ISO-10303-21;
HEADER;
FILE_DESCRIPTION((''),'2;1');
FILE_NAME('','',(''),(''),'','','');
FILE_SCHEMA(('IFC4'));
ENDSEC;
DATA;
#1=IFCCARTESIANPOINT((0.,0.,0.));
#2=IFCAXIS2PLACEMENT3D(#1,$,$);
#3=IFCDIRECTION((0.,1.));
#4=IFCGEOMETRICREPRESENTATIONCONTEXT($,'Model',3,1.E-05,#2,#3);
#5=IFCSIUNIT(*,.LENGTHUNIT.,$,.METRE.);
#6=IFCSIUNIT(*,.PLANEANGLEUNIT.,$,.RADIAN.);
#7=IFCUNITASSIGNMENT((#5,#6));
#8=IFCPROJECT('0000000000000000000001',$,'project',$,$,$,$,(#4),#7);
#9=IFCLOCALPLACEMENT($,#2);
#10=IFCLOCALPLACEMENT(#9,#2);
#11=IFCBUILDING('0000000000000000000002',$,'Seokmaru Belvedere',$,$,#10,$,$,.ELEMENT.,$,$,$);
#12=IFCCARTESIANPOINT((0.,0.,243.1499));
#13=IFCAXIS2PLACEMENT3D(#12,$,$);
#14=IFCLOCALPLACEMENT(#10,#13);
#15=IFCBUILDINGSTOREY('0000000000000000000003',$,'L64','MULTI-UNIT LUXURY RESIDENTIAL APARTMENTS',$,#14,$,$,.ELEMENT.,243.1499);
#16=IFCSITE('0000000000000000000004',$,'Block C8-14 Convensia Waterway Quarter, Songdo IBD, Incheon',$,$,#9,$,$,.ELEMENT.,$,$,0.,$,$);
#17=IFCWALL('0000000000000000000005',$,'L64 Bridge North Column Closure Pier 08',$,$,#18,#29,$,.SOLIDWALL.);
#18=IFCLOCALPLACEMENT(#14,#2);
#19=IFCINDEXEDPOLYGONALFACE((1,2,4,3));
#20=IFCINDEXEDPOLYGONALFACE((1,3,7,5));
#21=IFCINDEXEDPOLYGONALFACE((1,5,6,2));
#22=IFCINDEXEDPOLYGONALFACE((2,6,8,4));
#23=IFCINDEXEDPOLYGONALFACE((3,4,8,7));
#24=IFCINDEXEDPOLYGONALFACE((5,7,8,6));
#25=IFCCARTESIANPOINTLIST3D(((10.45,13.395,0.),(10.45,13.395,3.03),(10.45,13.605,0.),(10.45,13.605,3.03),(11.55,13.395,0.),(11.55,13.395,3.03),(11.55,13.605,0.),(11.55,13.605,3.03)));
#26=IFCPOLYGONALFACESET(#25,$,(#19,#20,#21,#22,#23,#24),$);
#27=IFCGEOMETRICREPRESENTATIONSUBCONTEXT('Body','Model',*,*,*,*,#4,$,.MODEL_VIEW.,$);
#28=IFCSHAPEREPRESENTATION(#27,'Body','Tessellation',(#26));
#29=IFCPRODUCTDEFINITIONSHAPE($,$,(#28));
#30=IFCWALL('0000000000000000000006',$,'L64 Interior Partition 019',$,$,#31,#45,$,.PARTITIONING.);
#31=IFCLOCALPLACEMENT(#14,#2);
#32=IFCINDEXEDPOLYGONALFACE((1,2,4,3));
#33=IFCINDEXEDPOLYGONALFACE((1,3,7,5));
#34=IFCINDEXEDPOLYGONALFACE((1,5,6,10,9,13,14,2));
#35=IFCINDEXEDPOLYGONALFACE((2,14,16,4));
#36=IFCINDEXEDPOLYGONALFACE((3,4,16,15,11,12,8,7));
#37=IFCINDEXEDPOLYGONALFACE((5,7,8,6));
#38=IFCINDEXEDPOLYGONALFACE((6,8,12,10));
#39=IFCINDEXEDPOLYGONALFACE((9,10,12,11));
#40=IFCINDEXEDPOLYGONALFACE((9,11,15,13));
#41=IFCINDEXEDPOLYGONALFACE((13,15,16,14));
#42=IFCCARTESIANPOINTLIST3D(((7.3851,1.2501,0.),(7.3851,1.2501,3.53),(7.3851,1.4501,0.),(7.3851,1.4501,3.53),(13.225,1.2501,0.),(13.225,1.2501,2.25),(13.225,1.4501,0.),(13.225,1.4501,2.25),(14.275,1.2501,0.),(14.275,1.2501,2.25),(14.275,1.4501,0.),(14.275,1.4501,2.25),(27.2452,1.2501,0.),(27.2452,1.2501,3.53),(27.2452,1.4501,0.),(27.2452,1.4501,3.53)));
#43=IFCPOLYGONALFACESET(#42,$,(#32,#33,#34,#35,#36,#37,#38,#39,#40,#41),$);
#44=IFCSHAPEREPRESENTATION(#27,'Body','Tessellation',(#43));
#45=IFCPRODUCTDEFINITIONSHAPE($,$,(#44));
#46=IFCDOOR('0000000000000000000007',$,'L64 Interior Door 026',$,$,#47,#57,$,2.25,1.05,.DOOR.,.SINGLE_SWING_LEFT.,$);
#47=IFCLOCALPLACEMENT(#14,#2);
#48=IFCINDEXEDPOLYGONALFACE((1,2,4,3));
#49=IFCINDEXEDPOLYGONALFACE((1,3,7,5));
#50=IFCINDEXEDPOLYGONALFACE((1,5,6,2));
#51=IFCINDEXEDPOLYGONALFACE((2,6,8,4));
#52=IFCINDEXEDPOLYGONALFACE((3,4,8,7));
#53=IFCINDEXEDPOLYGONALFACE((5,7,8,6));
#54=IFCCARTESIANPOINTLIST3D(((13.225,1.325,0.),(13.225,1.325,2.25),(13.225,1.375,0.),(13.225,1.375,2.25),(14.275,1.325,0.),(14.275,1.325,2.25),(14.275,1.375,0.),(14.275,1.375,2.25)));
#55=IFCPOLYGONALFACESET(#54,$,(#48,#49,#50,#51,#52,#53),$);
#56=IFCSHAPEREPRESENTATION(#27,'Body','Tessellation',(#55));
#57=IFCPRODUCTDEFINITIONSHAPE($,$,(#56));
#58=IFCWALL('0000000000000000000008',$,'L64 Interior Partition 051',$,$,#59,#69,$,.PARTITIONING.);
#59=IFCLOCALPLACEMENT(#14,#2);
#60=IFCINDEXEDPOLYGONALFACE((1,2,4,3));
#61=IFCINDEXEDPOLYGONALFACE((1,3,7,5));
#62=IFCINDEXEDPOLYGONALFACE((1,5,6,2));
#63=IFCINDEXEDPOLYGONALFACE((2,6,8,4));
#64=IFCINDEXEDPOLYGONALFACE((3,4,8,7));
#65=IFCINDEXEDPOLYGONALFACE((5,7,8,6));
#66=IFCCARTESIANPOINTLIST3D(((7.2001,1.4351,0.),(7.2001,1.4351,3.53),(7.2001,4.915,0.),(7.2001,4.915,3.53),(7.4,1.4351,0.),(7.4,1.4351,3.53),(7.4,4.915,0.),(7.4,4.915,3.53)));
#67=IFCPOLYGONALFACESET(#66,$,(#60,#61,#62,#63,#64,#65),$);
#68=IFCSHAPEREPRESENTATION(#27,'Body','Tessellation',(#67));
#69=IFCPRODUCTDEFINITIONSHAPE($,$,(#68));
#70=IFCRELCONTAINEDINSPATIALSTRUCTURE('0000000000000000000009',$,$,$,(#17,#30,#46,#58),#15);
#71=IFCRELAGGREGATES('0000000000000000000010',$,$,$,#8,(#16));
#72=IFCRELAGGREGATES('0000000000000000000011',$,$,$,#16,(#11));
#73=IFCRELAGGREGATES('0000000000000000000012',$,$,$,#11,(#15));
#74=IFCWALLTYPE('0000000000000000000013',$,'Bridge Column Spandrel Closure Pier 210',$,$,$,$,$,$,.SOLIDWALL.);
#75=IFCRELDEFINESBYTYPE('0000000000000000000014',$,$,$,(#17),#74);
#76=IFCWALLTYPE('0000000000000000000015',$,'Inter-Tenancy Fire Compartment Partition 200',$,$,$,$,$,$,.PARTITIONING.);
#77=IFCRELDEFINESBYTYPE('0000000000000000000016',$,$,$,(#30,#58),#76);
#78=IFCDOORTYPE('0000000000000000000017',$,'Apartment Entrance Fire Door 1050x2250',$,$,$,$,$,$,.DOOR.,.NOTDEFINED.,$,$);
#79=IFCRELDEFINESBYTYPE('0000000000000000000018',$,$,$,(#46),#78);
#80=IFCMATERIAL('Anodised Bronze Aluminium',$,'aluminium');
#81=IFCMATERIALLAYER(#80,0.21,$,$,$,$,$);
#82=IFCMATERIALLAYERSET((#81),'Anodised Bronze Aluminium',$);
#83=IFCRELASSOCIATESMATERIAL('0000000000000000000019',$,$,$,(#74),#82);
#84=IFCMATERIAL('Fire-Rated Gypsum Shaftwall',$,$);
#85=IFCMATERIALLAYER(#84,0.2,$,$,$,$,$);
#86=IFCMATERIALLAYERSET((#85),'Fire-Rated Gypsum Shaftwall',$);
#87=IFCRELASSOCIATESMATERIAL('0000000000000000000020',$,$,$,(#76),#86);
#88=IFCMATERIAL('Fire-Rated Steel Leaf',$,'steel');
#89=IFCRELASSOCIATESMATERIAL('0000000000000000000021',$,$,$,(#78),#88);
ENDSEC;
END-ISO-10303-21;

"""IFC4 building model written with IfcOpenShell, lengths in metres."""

from ifc_helpers import new_model, si_unit, direction, frame, frame_2d, origin, place, context, subcontext, project, spatial, rectangle, extrude, source, transform, mapped, material, layer, layer_set, type_object, type_shapes, element, fill, save


model = new_model("IFC4")

# Units and contexts
model_context = context("Model", 3, precision=1e-05, world=origin(), true_north=direction((0.0, 1.0)))
body_context = subcontext(model_context, "Body", "Model", "MODEL_VIEW")
ifc_project = project(units=[si_unit("LENGTHUNIT", "METRE"), si_unit("PLANEANGLEUNIT", "RADIAN")], contexts=[model_context])

# Site, building, storey
site_placement = place(None, origin())
site = spatial("IfcSite", under=ifc_project, at=site_placement, Name="Block C8-14 Convensia Waterway Quarter, Songdo IBD, Incheon", CompositionType="ELEMENT", RefElevation=0.0)
building_placement = place(site_placement, origin())
building = spatial("IfcBuilding", under=site, at=building_placement, Name="Seokmaru Belvedere", CompositionType="ELEMENT")
storey_placement = place(building_placement, frame((0.0, 0.0, 243.1499)))
storey = spatial("IfcBuildingStorey", under=building, at=storey_placement, Name="L64", Description="MULTI-UNIT LUXURY RESIDENTIAL APARTMENTS", CompositionType="ELEMENT", Elevation=243.1499)

# Shared definitions
ifc_material_1 = material(Name="Anodised Bronze Aluminium", Category="aluminium")

# Shared definitions
ifc_material_2 = material(Name="Fire-Rated Gypsum Shaftwall")

# Wall
ifc_layer_1 = layer(ifc_material_1, 0.21)
ifc_layer_set_1 = layer_set([ifc_layer_1], Name="Anodised Bronze Aluminium")
wall_type_1 = type_object("IfcWallType", Name="Bridge Column Spandrel Closure Pier 210", PredefinedType="SOLIDWALL", material=ifc_layer_set_1)
wall_1_placement = place(storey_placement, frame((10.45, 13.5, 0.0), z_axis=(0.0, 0.0, 1.0), x_axis=(1.0, 0.0, 0.0)))
element("IfcWall", 1, at=wall_1_placement, inside=storey, type_object=wall_type_1, Name="L64 Bridge North Column Closure Pier 08", PredefinedType="SOLIDWALL", context=body_context, shape_type="SweptSolid", body=[
    extrude(rectangle(XDim=1.1001, YDim=0.21, at=frame_2d((0.55, 0.0))), origin(), (0.0, 0.0, 1.0), 3.03),
])

# Wall, opening, door
ifc_layer_2 = layer(ifc_material_2, 0.2)
ifc_layer_set_2 = layer_set([ifc_layer_2], Name="Fire-Rated Gypsum Shaftwall")
wall_type_2 = type_object("IfcWallType", Name="Inter-Tenancy Fire Compartment Partition 200", PredefinedType="PARTITIONING", material=ifc_layer_set_2)
wall_2_placement = place(storey_placement, frame((7.385, 1.3501, 0.0), z_axis=(0.0, 0.0, 1.0), x_axis=(1.0, 0.0, 0.0)))
wall_2 = element("IfcWall", 2, at=wall_2_placement, inside=storey, type_object=wall_type_2, Name="L64 Interior Partition 019", PredefinedType="PARTITIONING", context=body_context, shape_type="SweptSolid", body=[
    extrude(rectangle(XDim=19.8601, YDim=0.2, at=frame_2d((9.9302, 0.0))), origin(), (0.0, 0.0, 1.0), 3.53),
])
opening_1_placement = place(wall_2_placement, frame((5.8401, 0.0, 0.0)))
opening_1 = element("IfcOpeningElement", 3, at=opening_1_placement, cuts=wall_2, PredefinedType="OPENING", context=body_context, shape_type="SweptSolid", body=[
    extrude(rectangle(XDim=1.05, YDim=2.25, at=frame_2d((0.5249, 1.125))), frame((0.0, 0.1099, 0.0), z_axis=(0.0, -1.0, 0.0), x_axis=(1.0, 0.0, 0.0)), (0.0, 0.0, 1.0), 0.22),
])
ifc_material_3 = material(Name="Fire-Rated Steel Leaf", Category="steel")
door_type_1 = type_object("IfcDoorType", Name="Apartment Entrance Fire Door 1050x2250", OperationType="NOTDEFINED", PredefinedType="DOOR", material=ifc_material_3)
shared_shape_1 = source(origin(), body_context, "Body", "SweptSolid", [
    extrude(rectangle(XDim=1.05, YDim=2.25, at=frame_2d((0.5249, 1.125))), frame((0.0, 0.0249, 0.0), z_axis=(0.0, -1.0, 0.0), x_axis=(1.0, 0.0, 0.0)), (0.0, 0.0, 1.0), 0.05),
])
type_shapes(door_type_1, [shared_shape_1])
door_1_placement = place(opening_1_placement, origin())
door_1 = element("IfcDoor", 4, at=door_1_placement, inside=storey, type_object=door_type_1, Name="L64 Interior Door 026", OperationType="SINGLE_SWING_LEFT", OverallHeight=2.25, OverallWidth=1.05, PredefinedType="DOOR", context=body_context, shape_type="MappedRepresentation", body=[
    mapped(shared_shape_1, transform((0.0, 0.0, 0.0), scale=1.0)),
])
fill(opening_1, door_1)

# Wall
wall_3_placement = place(storey_placement, frame((7.3, 1.4351, 0.0), z_axis=(0.0, 0.0, 1.0), x_axis=(0.0, 1.0, 0.0)))
element("IfcWall", 5, at=wall_3_placement, inside=storey, type_object=wall_type_2, Name="L64 Interior Partition 051", PredefinedType="PARTITIONING", context=body_context, shape_type="SweptSolid", body=[
    extrude(rectangle(XDim=3.48, YDim=0.2, at=frame_2d((1.74, 0.0))), origin(), (0.0, 0.0, 1.0), 3.53),
])

save(model, "model.ifc")
